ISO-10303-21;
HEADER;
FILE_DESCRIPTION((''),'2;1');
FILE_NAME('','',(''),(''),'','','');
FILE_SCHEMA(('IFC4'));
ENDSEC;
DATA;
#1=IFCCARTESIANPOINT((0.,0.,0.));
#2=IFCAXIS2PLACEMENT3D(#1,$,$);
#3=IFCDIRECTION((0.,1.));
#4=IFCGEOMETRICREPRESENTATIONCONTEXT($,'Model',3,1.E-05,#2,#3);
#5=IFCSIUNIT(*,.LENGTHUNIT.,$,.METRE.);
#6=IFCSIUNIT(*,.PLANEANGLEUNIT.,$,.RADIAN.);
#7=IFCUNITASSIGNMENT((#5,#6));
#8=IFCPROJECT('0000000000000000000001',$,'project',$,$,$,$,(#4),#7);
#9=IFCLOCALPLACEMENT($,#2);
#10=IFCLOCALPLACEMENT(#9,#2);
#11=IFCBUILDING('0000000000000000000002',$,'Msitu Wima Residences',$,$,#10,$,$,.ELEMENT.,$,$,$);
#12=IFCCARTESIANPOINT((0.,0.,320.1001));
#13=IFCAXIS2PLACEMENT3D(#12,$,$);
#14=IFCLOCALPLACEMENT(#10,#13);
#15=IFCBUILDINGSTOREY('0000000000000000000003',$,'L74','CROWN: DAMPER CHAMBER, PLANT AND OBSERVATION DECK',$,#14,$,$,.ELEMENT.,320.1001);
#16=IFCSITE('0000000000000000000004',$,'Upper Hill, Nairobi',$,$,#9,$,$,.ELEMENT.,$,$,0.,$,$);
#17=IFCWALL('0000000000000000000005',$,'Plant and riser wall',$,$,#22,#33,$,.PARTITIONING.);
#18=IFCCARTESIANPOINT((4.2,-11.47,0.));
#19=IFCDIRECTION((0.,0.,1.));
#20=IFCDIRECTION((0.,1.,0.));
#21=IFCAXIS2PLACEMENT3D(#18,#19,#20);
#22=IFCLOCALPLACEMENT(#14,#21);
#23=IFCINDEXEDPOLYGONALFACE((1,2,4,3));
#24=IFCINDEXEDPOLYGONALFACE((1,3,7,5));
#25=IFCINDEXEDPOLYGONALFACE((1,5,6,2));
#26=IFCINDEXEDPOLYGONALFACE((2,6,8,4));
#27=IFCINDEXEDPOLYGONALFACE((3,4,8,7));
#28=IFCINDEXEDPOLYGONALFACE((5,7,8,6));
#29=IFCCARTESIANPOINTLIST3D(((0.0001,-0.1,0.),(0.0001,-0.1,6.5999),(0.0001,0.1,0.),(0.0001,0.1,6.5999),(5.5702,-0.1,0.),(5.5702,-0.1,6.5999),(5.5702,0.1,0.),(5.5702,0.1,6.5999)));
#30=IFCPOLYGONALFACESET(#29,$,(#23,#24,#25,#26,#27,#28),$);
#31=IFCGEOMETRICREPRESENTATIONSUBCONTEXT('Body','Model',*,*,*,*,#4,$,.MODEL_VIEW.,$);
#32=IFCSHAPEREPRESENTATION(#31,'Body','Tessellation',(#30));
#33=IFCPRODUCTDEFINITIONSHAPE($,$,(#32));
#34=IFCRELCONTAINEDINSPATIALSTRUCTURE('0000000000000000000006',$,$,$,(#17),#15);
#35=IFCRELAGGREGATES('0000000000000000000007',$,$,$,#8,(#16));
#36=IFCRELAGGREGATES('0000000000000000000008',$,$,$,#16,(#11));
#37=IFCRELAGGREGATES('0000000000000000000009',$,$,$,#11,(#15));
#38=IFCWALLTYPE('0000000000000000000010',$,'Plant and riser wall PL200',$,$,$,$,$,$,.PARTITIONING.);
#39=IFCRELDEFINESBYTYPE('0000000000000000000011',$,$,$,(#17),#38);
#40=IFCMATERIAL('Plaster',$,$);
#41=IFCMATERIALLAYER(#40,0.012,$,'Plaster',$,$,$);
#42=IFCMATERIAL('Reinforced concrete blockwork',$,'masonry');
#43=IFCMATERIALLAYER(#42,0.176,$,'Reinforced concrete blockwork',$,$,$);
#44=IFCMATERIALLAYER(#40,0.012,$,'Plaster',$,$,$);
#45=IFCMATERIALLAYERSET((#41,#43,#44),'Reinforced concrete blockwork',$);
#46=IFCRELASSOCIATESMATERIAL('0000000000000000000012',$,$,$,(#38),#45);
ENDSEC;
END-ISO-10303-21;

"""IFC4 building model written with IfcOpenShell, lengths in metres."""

from ifc_helpers import new_model, si_unit, direction, frame, frame_2d, origin, place, context, subcontext, project, spatial, rectangle, extrude, material, layer, layer_set, type_object, element, save


model = new_model("IFC4")

# Units and contexts
model_context = context("Model", 3, precision=1e-05, world=origin(), true_north=direction((0.0, 1.0)))
body_context = subcontext(model_context, "Body", "Model", "MODEL_VIEW")
ifc_project = project(units=[si_unit("LENGTHUNIT", "METRE"), si_unit("PLANEANGLEUNIT", "RADIAN")], contexts=[model_context])

# Site, building, storey
site_placement = place(None, origin())
site = spatial("IfcSite", under=ifc_project, at=site_placement, Name="Upper Hill, Nairobi", CompositionType="ELEMENT", RefElevation=0.0)
building_placement = place(site_placement, origin())
building = spatial("IfcBuilding", under=site, at=building_placement, Name="Msitu Wima Residences", CompositionType="ELEMENT")
storey_placement = place(building_placement, frame((0.0, 0.0, 320.1001)))
storey = spatial("IfcBuildingStorey", under=building, at=storey_placement, Name="L74", Description="CROWN: DAMPER CHAMBER, PLANT AND OBSERVATION DECK", CompositionType="ELEMENT", Elevation=320.1001)

# Shared definitions
ifc_material_1 = material(Name="Plaster")

# Wall
ifc_layer_1 = layer(ifc_material_1, 0.012, Name="Plaster")
ifc_material_2 = material(Name="Reinforced concrete blockwork", Category="masonry")
ifc_layer_2 = layer(ifc_material_2, 0.176, Name="Reinforced concrete blockwork")
ifc_layer_3 = layer(ifc_material_1, 0.012, Name="Plaster")
ifc_layer_set_1 = layer_set([ifc_layer_1, ifc_layer_2, ifc_layer_3], Name="Reinforced concrete blockwork")
wall_type_1 = type_object("IfcWallType", Name="Plant and riser wall PL200", PredefinedType="PARTITIONING", material=ifc_layer_set_1)
wall_1_placement = place(storey_placement, frame((4.2, -11.47, 0.0), z_axis=(0.0, 0.0, 1.0), x_axis=(0.0, 1.0, 0.0)))
element("IfcWall", 1, at=wall_1_placement, inside=storey, type_object=wall_type_1, Name="Plant and riser wall", PredefinedType="PARTITIONING", context=body_context, shape_type="SweptSolid", body=[
    extrude(rectangle(XDim=5.5701, YDim=0.2, at=frame_2d((2.7852, 0.0))), origin(), (0.0, 0.0, 1.0), 6.5999),
])

save(model, "model.ifc")
